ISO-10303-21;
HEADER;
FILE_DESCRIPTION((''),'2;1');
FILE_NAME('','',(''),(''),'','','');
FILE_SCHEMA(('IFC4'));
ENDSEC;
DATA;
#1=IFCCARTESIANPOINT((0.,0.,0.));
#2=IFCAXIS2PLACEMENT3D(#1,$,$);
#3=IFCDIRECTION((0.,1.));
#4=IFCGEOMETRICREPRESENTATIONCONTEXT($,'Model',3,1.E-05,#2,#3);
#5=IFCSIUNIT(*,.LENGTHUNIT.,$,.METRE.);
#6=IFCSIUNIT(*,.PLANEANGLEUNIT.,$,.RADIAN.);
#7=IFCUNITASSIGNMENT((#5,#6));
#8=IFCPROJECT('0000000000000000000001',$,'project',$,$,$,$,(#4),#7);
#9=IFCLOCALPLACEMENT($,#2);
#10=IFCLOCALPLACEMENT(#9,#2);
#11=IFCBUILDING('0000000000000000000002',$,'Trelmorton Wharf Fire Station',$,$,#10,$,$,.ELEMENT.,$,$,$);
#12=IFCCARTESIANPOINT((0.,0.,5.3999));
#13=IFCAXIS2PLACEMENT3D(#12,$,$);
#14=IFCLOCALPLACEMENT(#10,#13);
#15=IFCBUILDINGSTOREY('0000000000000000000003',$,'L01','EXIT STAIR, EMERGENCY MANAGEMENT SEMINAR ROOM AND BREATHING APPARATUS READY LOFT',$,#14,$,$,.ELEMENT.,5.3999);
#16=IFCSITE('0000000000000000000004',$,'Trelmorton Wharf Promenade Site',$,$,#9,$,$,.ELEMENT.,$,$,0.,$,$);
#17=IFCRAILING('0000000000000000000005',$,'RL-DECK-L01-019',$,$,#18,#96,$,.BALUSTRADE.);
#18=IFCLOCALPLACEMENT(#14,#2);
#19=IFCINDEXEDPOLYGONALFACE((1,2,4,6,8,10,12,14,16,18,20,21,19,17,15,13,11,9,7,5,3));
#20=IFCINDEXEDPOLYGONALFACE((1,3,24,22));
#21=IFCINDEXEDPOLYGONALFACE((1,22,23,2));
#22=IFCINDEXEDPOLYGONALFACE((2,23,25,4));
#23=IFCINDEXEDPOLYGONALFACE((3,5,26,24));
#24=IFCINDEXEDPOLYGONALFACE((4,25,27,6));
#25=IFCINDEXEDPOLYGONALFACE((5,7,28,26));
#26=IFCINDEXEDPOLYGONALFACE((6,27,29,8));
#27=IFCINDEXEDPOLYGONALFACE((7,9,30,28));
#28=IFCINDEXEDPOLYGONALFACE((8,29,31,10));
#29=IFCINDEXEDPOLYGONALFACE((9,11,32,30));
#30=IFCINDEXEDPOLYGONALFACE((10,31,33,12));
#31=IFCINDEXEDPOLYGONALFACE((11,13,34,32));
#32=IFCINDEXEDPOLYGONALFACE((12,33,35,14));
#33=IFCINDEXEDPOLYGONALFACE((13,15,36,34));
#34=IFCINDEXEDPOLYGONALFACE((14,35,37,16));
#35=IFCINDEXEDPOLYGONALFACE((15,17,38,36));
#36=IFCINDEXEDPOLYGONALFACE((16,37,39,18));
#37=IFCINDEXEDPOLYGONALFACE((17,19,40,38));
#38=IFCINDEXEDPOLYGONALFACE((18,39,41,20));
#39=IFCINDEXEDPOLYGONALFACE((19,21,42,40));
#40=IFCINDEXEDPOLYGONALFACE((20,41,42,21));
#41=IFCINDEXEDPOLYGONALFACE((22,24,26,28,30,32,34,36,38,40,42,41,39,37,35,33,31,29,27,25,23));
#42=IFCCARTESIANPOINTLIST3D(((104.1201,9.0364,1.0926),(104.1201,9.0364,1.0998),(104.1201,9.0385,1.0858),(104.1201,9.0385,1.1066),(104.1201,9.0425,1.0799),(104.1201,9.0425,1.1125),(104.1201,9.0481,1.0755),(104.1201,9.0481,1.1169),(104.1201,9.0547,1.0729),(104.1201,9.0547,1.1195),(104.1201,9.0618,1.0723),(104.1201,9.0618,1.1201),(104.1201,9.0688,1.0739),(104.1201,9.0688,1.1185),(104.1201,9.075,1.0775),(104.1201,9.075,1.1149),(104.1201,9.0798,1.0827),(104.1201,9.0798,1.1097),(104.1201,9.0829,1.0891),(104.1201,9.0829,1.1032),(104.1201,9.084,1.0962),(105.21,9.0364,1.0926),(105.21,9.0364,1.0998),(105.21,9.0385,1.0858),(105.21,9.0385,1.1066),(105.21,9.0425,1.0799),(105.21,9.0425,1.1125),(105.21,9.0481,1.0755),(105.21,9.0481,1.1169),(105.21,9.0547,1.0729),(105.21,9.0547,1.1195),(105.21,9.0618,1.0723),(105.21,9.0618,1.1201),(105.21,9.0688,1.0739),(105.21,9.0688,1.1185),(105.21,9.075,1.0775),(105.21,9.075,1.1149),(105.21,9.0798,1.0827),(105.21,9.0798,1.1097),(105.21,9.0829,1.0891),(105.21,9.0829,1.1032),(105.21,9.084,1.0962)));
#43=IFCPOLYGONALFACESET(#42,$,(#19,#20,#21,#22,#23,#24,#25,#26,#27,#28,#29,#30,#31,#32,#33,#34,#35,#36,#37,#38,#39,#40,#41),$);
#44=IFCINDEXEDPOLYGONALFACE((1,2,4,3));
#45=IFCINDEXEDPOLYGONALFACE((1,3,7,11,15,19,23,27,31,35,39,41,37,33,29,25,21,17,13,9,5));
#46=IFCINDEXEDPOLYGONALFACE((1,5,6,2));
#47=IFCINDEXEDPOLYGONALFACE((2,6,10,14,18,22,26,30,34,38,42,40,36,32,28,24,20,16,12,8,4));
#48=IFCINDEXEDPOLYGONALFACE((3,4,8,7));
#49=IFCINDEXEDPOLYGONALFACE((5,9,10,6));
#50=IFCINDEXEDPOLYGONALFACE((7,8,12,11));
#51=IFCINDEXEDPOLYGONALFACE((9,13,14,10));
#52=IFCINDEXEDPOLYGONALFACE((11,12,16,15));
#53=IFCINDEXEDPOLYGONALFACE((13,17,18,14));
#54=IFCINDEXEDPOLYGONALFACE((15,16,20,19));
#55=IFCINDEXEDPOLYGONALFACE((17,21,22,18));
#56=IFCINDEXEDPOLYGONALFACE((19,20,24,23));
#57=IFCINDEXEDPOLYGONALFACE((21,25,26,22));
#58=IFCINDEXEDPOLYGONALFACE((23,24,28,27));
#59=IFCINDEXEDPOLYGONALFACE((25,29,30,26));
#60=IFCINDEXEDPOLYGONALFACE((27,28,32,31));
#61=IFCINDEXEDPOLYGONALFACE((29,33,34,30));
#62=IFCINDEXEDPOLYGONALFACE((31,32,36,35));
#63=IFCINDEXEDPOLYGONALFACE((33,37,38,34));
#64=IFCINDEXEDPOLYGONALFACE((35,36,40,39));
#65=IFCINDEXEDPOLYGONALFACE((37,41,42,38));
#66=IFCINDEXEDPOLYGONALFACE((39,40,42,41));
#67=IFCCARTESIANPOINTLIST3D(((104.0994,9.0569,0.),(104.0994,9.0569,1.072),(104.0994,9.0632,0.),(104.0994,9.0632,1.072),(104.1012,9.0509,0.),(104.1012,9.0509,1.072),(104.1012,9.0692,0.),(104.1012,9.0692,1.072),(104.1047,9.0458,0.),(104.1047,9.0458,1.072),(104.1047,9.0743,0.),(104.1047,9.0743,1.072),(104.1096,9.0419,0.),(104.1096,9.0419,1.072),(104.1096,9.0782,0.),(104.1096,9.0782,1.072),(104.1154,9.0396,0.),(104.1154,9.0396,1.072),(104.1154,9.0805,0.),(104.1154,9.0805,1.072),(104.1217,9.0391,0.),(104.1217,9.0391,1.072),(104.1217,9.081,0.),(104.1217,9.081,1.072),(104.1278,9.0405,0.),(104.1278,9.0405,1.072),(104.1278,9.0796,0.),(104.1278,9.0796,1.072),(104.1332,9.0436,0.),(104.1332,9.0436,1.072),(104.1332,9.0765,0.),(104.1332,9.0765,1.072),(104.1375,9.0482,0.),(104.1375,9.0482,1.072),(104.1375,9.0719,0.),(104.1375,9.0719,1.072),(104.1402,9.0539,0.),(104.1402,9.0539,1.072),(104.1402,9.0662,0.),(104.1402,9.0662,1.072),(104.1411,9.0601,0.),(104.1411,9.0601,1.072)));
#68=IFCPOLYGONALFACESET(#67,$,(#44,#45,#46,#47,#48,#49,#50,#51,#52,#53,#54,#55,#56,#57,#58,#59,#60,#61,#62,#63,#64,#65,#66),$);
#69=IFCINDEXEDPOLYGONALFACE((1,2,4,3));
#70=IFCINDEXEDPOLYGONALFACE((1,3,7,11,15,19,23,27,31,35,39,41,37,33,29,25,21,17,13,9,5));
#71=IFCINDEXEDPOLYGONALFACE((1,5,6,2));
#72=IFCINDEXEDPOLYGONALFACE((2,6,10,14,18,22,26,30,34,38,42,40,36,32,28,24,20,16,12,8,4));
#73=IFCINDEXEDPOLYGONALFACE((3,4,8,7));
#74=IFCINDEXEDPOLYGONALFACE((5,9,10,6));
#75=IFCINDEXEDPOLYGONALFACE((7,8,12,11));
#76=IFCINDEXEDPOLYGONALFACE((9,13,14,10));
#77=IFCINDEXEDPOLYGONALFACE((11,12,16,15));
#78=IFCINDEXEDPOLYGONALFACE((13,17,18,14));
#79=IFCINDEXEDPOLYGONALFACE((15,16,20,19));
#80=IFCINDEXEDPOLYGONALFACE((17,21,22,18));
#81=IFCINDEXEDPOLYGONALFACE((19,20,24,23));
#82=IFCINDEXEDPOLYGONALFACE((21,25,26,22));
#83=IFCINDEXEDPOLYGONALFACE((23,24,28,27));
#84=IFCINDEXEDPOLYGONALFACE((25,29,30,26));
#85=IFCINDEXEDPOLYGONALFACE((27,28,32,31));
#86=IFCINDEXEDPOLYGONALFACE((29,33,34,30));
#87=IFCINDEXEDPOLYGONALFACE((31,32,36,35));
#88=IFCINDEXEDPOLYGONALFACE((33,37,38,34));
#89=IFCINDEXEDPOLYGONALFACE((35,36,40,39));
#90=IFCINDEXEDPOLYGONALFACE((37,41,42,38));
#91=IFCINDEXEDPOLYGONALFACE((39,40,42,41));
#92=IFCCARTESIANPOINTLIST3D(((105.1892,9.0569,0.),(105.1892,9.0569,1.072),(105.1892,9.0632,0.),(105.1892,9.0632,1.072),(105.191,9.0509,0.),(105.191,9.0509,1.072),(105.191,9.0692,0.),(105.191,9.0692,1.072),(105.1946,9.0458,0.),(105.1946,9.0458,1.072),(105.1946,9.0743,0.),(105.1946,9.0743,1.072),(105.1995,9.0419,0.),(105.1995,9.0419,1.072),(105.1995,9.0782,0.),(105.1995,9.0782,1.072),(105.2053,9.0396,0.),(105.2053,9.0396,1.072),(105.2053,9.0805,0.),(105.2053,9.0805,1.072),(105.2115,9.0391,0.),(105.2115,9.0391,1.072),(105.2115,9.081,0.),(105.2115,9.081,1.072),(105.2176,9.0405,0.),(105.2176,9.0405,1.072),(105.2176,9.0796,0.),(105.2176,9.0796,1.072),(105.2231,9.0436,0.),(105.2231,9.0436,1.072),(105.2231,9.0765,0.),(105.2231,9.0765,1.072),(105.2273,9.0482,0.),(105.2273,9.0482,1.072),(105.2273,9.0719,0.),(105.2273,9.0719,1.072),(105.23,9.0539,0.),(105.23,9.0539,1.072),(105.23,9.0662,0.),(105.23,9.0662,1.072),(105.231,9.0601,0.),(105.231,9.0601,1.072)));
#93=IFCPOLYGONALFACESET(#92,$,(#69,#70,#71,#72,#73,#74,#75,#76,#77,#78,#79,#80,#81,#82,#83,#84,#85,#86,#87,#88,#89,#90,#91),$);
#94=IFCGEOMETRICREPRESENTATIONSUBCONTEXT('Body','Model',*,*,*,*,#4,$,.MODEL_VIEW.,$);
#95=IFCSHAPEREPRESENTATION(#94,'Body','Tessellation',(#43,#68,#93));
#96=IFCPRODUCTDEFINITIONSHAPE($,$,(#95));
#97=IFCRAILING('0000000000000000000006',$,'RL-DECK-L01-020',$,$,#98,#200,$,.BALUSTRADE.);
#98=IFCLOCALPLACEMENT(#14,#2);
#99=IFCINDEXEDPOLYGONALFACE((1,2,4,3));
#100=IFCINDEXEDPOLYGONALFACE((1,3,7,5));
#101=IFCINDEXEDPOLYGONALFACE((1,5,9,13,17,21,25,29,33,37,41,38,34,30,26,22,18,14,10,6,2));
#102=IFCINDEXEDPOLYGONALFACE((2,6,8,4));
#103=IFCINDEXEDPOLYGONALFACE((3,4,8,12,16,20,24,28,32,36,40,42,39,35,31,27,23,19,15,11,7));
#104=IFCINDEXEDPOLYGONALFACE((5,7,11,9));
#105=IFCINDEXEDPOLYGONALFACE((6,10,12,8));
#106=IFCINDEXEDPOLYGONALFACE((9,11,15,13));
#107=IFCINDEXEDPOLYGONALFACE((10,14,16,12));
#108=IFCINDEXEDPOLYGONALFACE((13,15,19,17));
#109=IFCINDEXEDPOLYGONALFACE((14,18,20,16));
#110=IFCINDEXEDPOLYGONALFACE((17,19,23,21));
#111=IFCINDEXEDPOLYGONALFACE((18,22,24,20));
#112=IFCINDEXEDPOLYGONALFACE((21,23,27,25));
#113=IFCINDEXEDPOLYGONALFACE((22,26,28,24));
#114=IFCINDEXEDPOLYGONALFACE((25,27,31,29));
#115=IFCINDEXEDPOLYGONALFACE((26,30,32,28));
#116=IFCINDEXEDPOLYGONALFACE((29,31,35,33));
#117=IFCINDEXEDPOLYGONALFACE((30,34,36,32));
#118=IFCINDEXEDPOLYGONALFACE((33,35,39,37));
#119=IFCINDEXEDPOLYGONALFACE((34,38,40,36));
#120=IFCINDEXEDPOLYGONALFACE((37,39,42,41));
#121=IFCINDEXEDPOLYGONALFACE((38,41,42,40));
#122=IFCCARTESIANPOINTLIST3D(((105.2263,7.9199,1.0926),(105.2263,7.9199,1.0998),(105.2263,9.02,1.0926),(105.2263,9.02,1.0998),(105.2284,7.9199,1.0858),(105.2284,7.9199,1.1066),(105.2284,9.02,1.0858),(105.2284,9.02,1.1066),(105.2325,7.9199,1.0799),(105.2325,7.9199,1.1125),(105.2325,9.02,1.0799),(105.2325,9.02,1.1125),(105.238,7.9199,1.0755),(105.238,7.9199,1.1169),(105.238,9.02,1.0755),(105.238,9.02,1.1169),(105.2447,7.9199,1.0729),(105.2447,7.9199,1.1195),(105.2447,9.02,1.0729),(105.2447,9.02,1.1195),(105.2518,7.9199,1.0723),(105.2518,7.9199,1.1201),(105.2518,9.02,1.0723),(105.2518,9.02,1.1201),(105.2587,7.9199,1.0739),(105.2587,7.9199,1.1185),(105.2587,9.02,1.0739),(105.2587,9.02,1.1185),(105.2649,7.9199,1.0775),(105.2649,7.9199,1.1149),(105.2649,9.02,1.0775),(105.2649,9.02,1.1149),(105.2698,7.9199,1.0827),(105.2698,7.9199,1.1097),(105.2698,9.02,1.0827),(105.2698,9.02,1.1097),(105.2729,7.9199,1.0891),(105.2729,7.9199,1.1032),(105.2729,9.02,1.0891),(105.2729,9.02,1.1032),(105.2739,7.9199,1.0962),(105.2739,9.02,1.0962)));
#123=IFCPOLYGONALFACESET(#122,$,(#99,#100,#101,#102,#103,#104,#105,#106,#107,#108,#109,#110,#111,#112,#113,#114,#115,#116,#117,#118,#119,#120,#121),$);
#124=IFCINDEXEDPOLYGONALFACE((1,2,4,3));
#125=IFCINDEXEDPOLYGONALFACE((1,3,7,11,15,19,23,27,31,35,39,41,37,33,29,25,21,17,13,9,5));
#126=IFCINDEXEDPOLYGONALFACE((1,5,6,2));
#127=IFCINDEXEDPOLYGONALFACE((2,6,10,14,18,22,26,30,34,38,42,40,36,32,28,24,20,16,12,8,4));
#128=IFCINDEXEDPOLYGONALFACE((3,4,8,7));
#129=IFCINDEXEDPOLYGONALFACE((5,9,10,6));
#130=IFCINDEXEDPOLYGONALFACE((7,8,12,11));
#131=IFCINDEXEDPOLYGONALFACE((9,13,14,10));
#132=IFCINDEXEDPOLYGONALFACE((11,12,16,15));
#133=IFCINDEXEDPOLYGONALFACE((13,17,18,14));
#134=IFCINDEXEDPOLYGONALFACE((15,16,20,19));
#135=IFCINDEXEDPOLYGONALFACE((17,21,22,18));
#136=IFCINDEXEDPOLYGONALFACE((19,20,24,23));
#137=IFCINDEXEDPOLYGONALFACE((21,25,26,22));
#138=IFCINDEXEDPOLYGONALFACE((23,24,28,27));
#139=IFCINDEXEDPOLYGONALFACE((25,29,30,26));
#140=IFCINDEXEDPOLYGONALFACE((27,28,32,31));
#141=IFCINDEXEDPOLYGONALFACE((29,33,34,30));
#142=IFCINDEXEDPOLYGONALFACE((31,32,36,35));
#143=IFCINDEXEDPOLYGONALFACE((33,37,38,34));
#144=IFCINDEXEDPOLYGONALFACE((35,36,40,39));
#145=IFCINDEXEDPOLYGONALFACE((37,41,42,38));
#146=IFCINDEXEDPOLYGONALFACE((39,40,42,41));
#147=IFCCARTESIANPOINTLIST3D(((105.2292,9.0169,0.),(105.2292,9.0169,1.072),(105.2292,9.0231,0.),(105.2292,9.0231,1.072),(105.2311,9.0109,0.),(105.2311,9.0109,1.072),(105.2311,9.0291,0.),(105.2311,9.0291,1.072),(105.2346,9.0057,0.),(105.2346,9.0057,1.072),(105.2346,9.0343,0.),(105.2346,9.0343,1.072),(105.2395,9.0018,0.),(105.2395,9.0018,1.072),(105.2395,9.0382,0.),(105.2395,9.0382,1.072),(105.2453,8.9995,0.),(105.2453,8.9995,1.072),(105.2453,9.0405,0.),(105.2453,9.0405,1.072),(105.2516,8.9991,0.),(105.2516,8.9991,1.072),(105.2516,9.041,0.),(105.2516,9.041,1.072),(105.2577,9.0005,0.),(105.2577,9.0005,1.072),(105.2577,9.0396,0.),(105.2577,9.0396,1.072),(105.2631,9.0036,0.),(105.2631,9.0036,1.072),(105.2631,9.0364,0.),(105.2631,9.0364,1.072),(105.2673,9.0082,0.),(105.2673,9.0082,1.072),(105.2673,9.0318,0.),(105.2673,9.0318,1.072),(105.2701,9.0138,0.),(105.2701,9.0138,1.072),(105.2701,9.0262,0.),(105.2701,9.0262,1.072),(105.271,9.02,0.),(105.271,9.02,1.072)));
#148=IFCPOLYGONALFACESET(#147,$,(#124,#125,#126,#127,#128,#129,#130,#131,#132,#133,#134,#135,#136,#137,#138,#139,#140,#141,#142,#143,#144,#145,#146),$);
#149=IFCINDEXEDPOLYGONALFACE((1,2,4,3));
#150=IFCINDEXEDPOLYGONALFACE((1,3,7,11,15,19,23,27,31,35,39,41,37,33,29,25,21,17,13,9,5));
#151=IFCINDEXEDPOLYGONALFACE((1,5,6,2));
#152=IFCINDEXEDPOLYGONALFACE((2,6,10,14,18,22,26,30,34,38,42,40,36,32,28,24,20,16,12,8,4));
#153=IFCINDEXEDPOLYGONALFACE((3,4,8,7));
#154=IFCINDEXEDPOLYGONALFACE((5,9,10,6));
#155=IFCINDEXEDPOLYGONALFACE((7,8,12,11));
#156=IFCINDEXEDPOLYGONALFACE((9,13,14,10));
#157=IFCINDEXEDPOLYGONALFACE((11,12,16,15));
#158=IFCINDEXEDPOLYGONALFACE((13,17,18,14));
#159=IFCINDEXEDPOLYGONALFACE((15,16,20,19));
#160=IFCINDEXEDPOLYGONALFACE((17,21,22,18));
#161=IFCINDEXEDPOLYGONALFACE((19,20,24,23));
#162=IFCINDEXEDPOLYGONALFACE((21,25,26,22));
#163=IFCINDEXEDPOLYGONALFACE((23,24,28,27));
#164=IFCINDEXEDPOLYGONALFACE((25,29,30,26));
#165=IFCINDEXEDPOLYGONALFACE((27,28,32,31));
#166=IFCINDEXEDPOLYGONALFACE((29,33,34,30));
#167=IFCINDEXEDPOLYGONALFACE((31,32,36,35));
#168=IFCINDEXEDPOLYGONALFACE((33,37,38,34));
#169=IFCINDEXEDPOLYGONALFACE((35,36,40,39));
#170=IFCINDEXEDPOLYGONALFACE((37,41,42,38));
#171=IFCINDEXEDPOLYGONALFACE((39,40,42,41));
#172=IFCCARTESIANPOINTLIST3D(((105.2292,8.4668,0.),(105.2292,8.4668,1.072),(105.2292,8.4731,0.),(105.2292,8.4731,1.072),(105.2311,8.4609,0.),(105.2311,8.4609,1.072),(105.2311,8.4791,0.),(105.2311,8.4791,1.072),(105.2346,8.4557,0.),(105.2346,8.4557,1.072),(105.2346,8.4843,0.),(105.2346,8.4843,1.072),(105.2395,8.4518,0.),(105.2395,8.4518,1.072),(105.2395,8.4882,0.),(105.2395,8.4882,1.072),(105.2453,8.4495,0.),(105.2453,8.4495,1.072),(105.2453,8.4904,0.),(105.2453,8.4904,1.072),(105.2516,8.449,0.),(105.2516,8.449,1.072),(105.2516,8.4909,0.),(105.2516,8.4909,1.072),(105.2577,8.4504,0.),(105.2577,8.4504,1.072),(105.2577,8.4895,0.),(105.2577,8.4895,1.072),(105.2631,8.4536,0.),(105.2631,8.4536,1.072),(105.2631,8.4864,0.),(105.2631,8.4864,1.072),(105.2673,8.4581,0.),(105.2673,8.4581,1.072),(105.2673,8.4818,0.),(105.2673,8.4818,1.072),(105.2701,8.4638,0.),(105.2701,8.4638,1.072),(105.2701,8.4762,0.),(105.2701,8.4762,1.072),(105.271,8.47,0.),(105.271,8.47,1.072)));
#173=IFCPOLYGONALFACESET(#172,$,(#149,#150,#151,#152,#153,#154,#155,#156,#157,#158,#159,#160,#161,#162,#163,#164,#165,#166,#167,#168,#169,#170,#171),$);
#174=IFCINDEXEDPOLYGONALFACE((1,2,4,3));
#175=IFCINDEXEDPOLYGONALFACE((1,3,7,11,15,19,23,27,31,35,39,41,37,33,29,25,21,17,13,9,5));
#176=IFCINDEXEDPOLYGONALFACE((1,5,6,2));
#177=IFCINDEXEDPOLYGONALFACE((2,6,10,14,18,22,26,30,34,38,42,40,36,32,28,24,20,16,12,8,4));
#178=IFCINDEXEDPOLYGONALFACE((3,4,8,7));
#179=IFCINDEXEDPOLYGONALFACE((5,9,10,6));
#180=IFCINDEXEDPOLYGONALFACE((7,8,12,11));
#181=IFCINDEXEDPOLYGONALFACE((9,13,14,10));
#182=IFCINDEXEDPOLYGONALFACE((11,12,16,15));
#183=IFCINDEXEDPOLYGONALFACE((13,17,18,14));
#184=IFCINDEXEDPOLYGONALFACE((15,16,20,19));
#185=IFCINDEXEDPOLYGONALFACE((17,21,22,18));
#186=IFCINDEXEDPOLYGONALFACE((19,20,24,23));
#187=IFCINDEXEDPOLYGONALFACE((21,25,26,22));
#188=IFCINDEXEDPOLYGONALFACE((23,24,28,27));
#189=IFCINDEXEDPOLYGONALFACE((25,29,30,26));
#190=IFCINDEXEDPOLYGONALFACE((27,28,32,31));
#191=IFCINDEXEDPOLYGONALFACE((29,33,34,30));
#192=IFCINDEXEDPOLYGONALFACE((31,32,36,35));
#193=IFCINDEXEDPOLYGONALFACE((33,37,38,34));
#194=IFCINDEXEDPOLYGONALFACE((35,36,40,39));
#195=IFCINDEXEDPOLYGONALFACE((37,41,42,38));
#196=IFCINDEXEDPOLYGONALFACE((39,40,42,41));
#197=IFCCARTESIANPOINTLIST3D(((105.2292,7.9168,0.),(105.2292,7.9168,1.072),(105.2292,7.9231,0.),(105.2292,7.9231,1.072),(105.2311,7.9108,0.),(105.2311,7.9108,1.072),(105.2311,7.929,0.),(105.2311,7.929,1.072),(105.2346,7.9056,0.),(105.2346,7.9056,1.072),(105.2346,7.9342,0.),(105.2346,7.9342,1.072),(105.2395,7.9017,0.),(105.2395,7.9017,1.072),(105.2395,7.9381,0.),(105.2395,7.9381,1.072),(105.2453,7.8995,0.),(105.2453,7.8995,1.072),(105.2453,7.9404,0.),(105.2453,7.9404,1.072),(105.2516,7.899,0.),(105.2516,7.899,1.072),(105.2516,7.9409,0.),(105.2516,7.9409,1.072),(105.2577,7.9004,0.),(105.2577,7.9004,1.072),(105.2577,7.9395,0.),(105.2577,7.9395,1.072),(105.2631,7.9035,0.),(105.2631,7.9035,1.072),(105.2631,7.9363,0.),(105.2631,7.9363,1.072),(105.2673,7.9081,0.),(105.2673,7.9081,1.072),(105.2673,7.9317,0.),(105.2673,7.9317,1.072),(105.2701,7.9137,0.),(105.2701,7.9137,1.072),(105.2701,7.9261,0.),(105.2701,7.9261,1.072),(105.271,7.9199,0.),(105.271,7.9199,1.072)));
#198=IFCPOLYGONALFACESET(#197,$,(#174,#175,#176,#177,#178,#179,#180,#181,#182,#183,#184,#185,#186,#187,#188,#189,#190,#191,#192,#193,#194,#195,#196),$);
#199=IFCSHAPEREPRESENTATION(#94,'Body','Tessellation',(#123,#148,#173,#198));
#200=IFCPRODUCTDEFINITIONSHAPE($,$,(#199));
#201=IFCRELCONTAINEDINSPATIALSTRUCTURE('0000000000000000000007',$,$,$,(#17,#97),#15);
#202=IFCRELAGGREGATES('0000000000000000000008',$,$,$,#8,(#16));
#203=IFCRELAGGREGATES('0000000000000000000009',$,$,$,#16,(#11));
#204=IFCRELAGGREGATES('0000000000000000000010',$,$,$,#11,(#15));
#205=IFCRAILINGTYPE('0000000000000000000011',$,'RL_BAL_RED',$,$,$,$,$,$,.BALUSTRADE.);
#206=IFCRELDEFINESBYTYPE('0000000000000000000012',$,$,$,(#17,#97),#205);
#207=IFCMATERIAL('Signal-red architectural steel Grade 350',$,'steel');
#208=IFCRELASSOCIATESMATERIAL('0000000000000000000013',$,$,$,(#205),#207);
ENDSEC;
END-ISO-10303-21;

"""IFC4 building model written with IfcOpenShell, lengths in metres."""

from ifc_helpers import new_model, si_unit, direction, frame, origin, origin_2d, place, context, subcontext, project, spatial, circle, extrude, material, type_object, element, save


model = new_model("IFC4")

# Units and contexts
model_context = context("Model", 3, precision=1e-05, world=origin(), true_north=direction((0.0, 1.0)))
body_context = subcontext(model_context, "Body", "Model", "MODEL_VIEW")
ifc_project = project(units=[si_unit("LENGTHUNIT", "METRE"), si_unit("PLANEANGLEUNIT", "RADIAN")], contexts=[model_context])

# Site, building, storey
site_placement = place(None, origin())
site = spatial("IfcSite", under=ifc_project, at=site_placement, Name="Trelmorton Wharf Promenade Site", CompositionType="ELEMENT", RefElevation=0.0)
building_placement = place(site_placement, origin())
building = spatial("IfcBuilding", under=site, at=building_placement, Name="Trelmorton Wharf Fire Station", CompositionType="ELEMENT")
storey_placement = place(building_placement, frame((0.0, 0.0, 5.3999)))
storey = spatial("IfcBuildingStorey", under=building, at=storey_placement, Name="L01", Description="EXIT STAIR, EMERGENCY MANAGEMENT SEMINAR ROOM AND BREATHING APPARATUS READY LOFT", CompositionType="ELEMENT", Elevation=5.3999)

# Railings
ifc_material_1 = material(Name="Signal-red architectural steel Grade 350", Category="steel")
railing_type = type_object("IfcRailingType", Name="RL_BAL_RED", PredefinedType="BALUSTRADE", material=ifc_material_1)
railing_1_placement = place(storey_placement, frame((104.1201, 9.0601, 0.0)))
element("IfcRailing", 1, at=railing_1_placement, inside=storey, type_object=railing_type, Name="RL-DECK-L01-019", PredefinedType="BALUSTRADE", context=body_context, shape_type="SweptSolid", body=[
    extrude(circle(Radius=0.0239, at=origin_2d()), frame((0.0, 0.0, 1.0962), z_axis=(1.0, 0.0, 0.0), x_axis=(0.0, 1.0, 0.0)), (0.0, 0.0, 1.0), 1.0898),
    extrude(circle(Radius=0.021, at=origin_2d()), origin(), (0.0, 0.0, 1.0), 1.072),
    extrude(circle(Radius=0.021, at=origin_2d()), frame((1.0898, 0.0, 0.0)), (0.0, 0.0, 1.0), 1.072),
])
railing_2_placement = place(storey_placement, frame((105.25, 9.02, 0.0)))
element("IfcRailing", 2, at=railing_2_placement, inside=storey, type_object=railing_type, Name="RL-DECK-L01-020", PredefinedType="BALUSTRADE", context=body_context, shape_type="SweptSolid", body=[
    extrude(circle(Radius=0.0239, at=origin_2d()), frame((0.0, 0.0, 1.0962), z_axis=(0.0, -1.0, 0.0), x_axis=(1.0, 0.0, 0.0)), (0.0, 0.0, 1.0), 1.1001),
    extrude(circle(Radius=0.021, at=origin_2d()), origin(), (0.0, 0.0, 1.0), 1.072),
    extrude(circle(Radius=0.021, at=origin_2d()), frame((0.0, -0.55, 0.0)), (0.0, 0.0, 1.0), 1.072),
    extrude(circle(Radius=0.021, at=origin_2d()), frame((0.0, -1.1001, 0.0)), (0.0, 0.0, 1.0), 1.072),
])

save(model, "model.ifc")
